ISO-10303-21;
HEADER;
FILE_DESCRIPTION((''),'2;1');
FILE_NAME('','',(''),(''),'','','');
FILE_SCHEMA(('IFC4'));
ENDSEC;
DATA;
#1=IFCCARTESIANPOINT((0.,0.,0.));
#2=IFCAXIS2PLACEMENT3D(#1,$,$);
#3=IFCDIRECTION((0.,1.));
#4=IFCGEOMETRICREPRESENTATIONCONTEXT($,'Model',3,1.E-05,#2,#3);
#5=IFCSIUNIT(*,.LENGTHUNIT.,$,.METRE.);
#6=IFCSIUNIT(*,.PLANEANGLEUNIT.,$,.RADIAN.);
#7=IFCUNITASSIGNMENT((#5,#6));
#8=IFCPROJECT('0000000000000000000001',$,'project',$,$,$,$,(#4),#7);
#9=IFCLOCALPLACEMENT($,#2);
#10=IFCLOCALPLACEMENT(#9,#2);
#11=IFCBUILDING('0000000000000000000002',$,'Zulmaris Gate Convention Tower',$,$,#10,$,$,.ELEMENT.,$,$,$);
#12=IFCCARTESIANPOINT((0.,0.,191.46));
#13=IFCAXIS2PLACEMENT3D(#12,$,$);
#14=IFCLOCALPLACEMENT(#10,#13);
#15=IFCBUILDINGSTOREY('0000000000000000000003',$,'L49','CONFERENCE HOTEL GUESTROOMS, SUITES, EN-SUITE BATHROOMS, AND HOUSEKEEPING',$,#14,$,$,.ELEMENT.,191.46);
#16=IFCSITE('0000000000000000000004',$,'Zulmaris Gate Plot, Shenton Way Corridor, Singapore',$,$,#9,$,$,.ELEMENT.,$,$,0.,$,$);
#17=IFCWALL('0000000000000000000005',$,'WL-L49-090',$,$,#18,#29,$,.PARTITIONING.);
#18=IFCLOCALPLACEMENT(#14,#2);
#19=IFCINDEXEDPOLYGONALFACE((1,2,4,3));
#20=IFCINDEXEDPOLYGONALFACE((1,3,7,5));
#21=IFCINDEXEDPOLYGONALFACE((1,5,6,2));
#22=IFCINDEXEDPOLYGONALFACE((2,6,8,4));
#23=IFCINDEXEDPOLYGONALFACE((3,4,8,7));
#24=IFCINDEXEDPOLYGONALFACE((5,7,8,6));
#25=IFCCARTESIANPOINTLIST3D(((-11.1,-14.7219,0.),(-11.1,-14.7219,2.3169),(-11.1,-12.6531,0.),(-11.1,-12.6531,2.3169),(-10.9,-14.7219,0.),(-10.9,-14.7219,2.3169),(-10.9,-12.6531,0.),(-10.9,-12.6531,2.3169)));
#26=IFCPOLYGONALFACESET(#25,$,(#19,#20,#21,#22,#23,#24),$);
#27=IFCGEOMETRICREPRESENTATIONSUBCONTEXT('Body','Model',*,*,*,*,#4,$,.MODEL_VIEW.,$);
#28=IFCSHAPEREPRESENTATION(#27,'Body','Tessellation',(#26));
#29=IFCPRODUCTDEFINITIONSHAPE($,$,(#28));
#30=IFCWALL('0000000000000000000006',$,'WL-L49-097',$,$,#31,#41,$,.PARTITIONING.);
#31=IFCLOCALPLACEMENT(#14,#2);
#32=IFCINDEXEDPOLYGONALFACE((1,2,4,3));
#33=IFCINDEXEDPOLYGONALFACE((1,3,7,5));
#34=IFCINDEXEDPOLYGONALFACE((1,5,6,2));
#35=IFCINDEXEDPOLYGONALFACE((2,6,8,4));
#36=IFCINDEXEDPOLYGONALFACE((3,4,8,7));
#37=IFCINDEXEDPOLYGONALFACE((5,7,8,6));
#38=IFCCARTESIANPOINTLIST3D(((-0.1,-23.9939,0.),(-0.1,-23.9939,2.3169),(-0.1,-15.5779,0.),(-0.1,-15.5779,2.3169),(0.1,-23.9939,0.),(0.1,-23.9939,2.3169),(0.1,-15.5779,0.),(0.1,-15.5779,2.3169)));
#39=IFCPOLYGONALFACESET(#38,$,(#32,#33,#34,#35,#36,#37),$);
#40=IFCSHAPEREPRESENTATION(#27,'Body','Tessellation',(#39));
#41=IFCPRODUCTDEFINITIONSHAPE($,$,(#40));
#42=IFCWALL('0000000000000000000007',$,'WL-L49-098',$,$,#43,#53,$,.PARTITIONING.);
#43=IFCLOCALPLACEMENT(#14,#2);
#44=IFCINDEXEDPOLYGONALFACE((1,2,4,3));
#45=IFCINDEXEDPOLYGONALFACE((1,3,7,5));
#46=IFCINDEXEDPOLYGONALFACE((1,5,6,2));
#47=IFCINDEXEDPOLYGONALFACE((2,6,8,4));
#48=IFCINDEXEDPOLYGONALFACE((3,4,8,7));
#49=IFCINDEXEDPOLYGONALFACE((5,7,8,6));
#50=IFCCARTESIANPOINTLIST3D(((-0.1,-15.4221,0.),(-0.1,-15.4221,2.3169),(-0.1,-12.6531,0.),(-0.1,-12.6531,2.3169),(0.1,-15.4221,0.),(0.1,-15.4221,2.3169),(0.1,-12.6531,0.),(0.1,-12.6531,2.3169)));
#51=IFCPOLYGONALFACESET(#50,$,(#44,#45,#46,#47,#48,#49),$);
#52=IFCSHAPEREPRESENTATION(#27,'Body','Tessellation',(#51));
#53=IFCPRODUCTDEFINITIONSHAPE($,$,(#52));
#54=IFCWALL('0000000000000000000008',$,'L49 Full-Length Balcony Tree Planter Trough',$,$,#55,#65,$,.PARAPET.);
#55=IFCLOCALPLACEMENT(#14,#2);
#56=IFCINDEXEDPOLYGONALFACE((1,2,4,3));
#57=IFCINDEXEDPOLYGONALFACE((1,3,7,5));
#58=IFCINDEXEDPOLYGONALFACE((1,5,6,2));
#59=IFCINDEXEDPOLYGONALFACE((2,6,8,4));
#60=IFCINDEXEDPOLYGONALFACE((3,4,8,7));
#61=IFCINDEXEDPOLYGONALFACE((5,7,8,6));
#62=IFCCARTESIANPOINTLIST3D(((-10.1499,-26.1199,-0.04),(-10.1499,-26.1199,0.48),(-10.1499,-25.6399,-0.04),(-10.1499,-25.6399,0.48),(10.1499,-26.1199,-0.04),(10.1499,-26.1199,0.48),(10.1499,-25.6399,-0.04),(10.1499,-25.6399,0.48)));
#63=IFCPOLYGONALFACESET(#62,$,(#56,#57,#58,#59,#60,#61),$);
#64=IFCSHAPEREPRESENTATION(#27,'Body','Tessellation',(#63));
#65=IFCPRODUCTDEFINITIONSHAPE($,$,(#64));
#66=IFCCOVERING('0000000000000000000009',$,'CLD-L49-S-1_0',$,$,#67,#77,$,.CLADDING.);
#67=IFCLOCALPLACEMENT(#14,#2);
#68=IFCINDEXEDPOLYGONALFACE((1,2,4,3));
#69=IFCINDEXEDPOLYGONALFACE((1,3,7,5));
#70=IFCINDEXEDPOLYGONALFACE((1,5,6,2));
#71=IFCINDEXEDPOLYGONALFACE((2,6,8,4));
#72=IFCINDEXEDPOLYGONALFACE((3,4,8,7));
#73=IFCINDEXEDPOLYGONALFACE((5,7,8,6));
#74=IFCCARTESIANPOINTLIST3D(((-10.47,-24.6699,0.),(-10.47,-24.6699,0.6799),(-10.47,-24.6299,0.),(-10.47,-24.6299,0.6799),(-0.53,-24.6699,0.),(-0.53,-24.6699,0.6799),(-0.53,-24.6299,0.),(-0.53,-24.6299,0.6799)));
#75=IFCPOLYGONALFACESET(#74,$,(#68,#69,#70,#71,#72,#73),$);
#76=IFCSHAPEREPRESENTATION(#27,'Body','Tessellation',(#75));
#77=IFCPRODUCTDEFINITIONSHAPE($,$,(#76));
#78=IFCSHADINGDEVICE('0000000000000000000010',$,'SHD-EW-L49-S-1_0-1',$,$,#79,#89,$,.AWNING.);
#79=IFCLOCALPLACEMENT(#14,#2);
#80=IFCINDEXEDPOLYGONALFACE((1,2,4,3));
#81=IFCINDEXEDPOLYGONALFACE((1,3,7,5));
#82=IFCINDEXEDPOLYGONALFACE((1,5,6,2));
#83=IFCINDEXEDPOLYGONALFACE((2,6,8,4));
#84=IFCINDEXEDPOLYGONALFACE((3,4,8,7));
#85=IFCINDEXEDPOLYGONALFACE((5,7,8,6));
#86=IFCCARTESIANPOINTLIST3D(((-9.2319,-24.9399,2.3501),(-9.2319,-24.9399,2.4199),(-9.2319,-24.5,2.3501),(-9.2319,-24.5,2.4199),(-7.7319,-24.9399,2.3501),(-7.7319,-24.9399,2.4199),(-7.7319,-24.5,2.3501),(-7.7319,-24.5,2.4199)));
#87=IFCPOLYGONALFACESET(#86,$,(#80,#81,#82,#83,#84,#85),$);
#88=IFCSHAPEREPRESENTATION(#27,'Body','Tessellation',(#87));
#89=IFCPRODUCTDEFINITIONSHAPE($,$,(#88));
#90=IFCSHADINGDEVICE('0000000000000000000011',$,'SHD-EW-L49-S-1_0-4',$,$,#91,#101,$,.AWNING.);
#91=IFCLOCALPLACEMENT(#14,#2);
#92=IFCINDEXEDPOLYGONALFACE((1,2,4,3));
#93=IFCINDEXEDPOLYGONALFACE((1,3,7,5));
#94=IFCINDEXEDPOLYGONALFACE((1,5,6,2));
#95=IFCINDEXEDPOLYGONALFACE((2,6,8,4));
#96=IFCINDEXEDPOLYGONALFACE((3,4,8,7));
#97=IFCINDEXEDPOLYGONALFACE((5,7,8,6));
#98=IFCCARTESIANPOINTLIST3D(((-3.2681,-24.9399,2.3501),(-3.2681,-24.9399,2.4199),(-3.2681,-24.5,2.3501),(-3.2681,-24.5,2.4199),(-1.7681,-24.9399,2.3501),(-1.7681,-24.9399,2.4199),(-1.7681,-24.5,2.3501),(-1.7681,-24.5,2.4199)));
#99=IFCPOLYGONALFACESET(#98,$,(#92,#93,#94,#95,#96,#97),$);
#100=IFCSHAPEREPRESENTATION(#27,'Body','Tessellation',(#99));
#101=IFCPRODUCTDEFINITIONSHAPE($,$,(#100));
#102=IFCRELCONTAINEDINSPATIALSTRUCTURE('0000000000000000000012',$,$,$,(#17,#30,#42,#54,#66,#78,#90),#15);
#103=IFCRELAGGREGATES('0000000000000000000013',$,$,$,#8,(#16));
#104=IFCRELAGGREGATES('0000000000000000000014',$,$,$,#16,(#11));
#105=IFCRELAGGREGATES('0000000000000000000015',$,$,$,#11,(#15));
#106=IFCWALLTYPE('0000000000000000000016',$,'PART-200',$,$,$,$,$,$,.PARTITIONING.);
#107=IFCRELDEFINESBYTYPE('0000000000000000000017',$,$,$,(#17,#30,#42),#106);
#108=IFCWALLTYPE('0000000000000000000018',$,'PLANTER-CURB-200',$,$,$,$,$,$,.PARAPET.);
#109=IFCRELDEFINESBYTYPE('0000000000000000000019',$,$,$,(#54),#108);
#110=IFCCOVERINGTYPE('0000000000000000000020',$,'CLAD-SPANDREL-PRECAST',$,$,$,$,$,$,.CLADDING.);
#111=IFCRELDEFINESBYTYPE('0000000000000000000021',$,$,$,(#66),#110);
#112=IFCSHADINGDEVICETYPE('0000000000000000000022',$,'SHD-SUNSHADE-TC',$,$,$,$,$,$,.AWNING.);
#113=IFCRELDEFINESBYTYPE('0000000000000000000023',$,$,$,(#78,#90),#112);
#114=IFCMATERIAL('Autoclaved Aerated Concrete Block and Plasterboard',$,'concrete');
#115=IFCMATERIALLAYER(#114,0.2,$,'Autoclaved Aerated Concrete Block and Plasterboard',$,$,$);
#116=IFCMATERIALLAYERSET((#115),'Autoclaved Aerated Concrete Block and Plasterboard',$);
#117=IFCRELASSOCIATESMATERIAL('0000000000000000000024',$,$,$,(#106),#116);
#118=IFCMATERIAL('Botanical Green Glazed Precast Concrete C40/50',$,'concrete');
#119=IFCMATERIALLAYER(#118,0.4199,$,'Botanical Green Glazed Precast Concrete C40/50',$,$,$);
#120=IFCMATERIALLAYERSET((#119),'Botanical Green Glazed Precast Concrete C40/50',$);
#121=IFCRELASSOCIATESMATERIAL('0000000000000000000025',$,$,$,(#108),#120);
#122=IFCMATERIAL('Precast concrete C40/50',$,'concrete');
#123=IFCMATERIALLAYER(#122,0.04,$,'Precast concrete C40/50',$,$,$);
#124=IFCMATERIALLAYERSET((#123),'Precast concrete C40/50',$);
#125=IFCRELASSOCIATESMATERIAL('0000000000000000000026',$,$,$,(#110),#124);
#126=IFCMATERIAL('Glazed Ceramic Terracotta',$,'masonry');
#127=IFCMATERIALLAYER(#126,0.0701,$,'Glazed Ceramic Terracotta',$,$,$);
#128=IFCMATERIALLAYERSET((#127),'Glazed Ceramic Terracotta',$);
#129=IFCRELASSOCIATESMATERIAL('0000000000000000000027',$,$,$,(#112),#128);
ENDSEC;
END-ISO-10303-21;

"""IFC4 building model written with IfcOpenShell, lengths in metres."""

from ifc_helpers import new_model, si_unit, direction, frame, frame_2d, origin, place, context, subcontext, project, spatial, rectangle, extrude, material, layer, layer_set, type_object, element, save


model = new_model("IFC4")

# Units and contexts
model_context = context("Model", 3, precision=1e-05, world=origin(), true_north=direction((0.0, 1.0)))
body_context = subcontext(model_context, "Body", "Model", "MODEL_VIEW")
ifc_project = project(units=[si_unit("LENGTHUNIT", "METRE"), si_unit("PLANEANGLEUNIT", "RADIAN")], contexts=[model_context])

# Site, building, storey
site_placement = place(None, origin())
site = spatial("IfcSite", under=ifc_project, at=site_placement, Name="Zulmaris Gate Plot, Shenton Way Corridor, Singapore", CompositionType="ELEMENT", RefElevation=0.0)
building_placement = place(site_placement, origin())
building = spatial("IfcBuilding", under=site, at=building_placement, Name="Zulmaris Gate Convention Tower", CompositionType="ELEMENT")
storey_placement = place(building_placement, frame((0.0, 0.0, 191.46)))
storey = spatial("IfcBuildingStorey", under=building, at=storey_placement, Name="L49", Description="CONFERENCE HOTEL GUESTROOMS, SUITES, EN-SUITE BATHROOMS, AND HOUSEKEEPING", CompositionType="ELEMENT", Elevation=191.46)

# Walls
ifc_material_1 = material(Name="Autoclaved Aerated Concrete Block and Plasterboard", Category="concrete")
ifc_layer_1 = layer(ifc_material_1, 0.2, Name="Autoclaved Aerated Concrete Block and Plasterboard")
ifc_layer_set_1 = layer_set([ifc_layer_1], Name="Autoclaved Aerated Concrete Block and Plasterboard")
wall_type_1 = type_object("IfcWallType", Name="PART-200", PredefinedType="PARTITIONING", material=ifc_layer_set_1)
wall_1_placement = place(storey_placement, frame((-11.0, -14.7219, 0.0), z_axis=(0.0, 0.0, 1.0), x_axis=(0.0, 1.0, 0.0)))
element("IfcWall", 1, at=wall_1_placement, inside=storey, type_object=wall_type_1, Name="WL-L49-090", PredefinedType="PARTITIONING", context=body_context, shape_type="SweptSolid", body=[
    extrude(rectangle(XDim=2.0688, YDim=0.2, at=frame_2d((1.0344, 0.0))), origin(), (0.0, 0.0, 1.0), 2.3169),
])
wall_2_placement = place(storey_placement, frame((0.0, -23.9939, 0.0), z_axis=(0.0, 0.0, 1.0), x_axis=(0.0, 1.0, 0.0)))
element("IfcWall", 2, at=wall_2_placement, inside=storey, type_object=wall_type_1, Name="WL-L49-097", PredefinedType="PARTITIONING", context=body_context, shape_type="SweptSolid", body=[
    extrude(rectangle(XDim=8.416, YDim=0.2, at=frame_2d((4.208, 0.0))), origin(), (0.0, 0.0, 1.0), 2.3169),
])
wall_3_placement = place(storey_placement, frame((0.0, -15.4221, 0.0), z_axis=(0.0, 0.0, 1.0), x_axis=(0.0, 1.0, 0.0)))
element("IfcWall", 3, at=wall_3_placement, inside=storey, type_object=wall_type_1, Name="WL-L49-098", PredefinedType="PARTITIONING", context=body_context, shape_type="SweptSolid", body=[
    extrude(rectangle(XDim=2.769, YDim=0.2, at=frame_2d((1.3845, 0.0))), origin(), (0.0, 0.0, 1.0), 2.3169),
])
ifc_material_2 = material(Name="Botanical Green Glazed Precast Concrete C40/50", Category="concrete")
ifc_layer_2 = layer(ifc_material_2, 0.4199, Name="Botanical Green Glazed Precast Concrete C40/50")
ifc_layer_set_2 = layer_set([ifc_layer_2], Name="Botanical Green Glazed Precast Concrete C40/50")
wall_type_2 = type_object("IfcWallType", Name="PLANTER-CURB-200", PredefinedType="PARAPET", material=ifc_layer_set_2)
wall_4_placement = place(storey_placement, frame((-10.1499, -25.8799, -0.04), z_axis=(0.0, 0.0, 1.0), x_axis=(1.0, 0.0, 0.0)))
element("IfcWall", 4, at=wall_4_placement, inside=storey, type_object=wall_type_2, Name="L49 Full-Length Balcony Tree Planter Trough", PredefinedType="PARAPET", context=body_context, shape_type="SweptSolid", body=[
    extrude(rectangle(XDim=20.2998, YDim=0.48, at=frame_2d((10.1499, 0.0))), origin(), (0.0, 0.0, 1.0), 0.52),
])

# Shared definitions
ifc_material_3 = material(Name="Precast concrete C40/50", Category="concrete")

# Covering
ifc_layer_3 = layer(ifc_material_3, 0.04, Name="Precast concrete C40/50")
ifc_layer_set_3 = layer_set([ifc_layer_3], Name="Precast concrete C40/50")
covering_type = type_object("IfcCoveringType", Name="CLAD-SPANDREL-PRECAST", PredefinedType="CLADDING", material=ifc_layer_set_3)
covering_placement = place(storey_placement, frame((-10.47, -24.6499, 0.0), z_axis=(0.0, 0.0, 1.0), x_axis=(1.0, 0.0, 0.0)))
element("IfcCovering", 5, at=covering_placement, inside=storey, type_object=covering_type, Name="CLD-L49-S-1_0", PredefinedType="CLADDING", context=body_context, shape_type="SweptSolid", body=[
    extrude(rectangle(XDim=9.9399, YDim=0.04, at=frame_2d((4.97, 0.0))), origin(), (0.0, 0.0, 1.0), 0.6799),
])

# Shading devices
ifc_material_4 = material(Name="Glazed Ceramic Terracotta", Category="masonry")
ifc_layer_4 = layer(ifc_material_4, 0.0701, Name="Glazed Ceramic Terracotta")
ifc_layer_set_4 = layer_set([ifc_layer_4], Name="Glazed Ceramic Terracotta")
shading_device_type = type_object("IfcShadingDeviceType", Name="SHD-SUNSHADE-TC", PredefinedType="AWNING", material=ifc_layer_set_4)
for number, where, z_axis, x_axis, name in (
    (6, (-9.2319, -24.72, 2.3501), (0.0, 0.0, 1.0), (1.0, 0.0, 0.0), "SHD-EW-L49-S-1_0-1"),
    (7, (-3.2681, -24.72, 2.3501), (0.0, 0.0, 1.0), (1.0, 0.0, 0.0), "SHD-EW-L49-S-1_0-4"),
):
    element("IfcShadingDevice", number, at=place(storey_placement, frame(where, z_axis=z_axis, x_axis=x_axis)), inside=storey, type_object=shading_device_type, Name=name, PredefinedType="AWNING", context=body_context, shape_type="SweptSolid", body=[
        extrude(rectangle(XDim=1.5, YDim=0.4399, at=frame_2d((0.75, 0.0))), origin(), (0.0, 0.0, 1.0), 0.0698),
    ])

save(model, "model.ifc")
